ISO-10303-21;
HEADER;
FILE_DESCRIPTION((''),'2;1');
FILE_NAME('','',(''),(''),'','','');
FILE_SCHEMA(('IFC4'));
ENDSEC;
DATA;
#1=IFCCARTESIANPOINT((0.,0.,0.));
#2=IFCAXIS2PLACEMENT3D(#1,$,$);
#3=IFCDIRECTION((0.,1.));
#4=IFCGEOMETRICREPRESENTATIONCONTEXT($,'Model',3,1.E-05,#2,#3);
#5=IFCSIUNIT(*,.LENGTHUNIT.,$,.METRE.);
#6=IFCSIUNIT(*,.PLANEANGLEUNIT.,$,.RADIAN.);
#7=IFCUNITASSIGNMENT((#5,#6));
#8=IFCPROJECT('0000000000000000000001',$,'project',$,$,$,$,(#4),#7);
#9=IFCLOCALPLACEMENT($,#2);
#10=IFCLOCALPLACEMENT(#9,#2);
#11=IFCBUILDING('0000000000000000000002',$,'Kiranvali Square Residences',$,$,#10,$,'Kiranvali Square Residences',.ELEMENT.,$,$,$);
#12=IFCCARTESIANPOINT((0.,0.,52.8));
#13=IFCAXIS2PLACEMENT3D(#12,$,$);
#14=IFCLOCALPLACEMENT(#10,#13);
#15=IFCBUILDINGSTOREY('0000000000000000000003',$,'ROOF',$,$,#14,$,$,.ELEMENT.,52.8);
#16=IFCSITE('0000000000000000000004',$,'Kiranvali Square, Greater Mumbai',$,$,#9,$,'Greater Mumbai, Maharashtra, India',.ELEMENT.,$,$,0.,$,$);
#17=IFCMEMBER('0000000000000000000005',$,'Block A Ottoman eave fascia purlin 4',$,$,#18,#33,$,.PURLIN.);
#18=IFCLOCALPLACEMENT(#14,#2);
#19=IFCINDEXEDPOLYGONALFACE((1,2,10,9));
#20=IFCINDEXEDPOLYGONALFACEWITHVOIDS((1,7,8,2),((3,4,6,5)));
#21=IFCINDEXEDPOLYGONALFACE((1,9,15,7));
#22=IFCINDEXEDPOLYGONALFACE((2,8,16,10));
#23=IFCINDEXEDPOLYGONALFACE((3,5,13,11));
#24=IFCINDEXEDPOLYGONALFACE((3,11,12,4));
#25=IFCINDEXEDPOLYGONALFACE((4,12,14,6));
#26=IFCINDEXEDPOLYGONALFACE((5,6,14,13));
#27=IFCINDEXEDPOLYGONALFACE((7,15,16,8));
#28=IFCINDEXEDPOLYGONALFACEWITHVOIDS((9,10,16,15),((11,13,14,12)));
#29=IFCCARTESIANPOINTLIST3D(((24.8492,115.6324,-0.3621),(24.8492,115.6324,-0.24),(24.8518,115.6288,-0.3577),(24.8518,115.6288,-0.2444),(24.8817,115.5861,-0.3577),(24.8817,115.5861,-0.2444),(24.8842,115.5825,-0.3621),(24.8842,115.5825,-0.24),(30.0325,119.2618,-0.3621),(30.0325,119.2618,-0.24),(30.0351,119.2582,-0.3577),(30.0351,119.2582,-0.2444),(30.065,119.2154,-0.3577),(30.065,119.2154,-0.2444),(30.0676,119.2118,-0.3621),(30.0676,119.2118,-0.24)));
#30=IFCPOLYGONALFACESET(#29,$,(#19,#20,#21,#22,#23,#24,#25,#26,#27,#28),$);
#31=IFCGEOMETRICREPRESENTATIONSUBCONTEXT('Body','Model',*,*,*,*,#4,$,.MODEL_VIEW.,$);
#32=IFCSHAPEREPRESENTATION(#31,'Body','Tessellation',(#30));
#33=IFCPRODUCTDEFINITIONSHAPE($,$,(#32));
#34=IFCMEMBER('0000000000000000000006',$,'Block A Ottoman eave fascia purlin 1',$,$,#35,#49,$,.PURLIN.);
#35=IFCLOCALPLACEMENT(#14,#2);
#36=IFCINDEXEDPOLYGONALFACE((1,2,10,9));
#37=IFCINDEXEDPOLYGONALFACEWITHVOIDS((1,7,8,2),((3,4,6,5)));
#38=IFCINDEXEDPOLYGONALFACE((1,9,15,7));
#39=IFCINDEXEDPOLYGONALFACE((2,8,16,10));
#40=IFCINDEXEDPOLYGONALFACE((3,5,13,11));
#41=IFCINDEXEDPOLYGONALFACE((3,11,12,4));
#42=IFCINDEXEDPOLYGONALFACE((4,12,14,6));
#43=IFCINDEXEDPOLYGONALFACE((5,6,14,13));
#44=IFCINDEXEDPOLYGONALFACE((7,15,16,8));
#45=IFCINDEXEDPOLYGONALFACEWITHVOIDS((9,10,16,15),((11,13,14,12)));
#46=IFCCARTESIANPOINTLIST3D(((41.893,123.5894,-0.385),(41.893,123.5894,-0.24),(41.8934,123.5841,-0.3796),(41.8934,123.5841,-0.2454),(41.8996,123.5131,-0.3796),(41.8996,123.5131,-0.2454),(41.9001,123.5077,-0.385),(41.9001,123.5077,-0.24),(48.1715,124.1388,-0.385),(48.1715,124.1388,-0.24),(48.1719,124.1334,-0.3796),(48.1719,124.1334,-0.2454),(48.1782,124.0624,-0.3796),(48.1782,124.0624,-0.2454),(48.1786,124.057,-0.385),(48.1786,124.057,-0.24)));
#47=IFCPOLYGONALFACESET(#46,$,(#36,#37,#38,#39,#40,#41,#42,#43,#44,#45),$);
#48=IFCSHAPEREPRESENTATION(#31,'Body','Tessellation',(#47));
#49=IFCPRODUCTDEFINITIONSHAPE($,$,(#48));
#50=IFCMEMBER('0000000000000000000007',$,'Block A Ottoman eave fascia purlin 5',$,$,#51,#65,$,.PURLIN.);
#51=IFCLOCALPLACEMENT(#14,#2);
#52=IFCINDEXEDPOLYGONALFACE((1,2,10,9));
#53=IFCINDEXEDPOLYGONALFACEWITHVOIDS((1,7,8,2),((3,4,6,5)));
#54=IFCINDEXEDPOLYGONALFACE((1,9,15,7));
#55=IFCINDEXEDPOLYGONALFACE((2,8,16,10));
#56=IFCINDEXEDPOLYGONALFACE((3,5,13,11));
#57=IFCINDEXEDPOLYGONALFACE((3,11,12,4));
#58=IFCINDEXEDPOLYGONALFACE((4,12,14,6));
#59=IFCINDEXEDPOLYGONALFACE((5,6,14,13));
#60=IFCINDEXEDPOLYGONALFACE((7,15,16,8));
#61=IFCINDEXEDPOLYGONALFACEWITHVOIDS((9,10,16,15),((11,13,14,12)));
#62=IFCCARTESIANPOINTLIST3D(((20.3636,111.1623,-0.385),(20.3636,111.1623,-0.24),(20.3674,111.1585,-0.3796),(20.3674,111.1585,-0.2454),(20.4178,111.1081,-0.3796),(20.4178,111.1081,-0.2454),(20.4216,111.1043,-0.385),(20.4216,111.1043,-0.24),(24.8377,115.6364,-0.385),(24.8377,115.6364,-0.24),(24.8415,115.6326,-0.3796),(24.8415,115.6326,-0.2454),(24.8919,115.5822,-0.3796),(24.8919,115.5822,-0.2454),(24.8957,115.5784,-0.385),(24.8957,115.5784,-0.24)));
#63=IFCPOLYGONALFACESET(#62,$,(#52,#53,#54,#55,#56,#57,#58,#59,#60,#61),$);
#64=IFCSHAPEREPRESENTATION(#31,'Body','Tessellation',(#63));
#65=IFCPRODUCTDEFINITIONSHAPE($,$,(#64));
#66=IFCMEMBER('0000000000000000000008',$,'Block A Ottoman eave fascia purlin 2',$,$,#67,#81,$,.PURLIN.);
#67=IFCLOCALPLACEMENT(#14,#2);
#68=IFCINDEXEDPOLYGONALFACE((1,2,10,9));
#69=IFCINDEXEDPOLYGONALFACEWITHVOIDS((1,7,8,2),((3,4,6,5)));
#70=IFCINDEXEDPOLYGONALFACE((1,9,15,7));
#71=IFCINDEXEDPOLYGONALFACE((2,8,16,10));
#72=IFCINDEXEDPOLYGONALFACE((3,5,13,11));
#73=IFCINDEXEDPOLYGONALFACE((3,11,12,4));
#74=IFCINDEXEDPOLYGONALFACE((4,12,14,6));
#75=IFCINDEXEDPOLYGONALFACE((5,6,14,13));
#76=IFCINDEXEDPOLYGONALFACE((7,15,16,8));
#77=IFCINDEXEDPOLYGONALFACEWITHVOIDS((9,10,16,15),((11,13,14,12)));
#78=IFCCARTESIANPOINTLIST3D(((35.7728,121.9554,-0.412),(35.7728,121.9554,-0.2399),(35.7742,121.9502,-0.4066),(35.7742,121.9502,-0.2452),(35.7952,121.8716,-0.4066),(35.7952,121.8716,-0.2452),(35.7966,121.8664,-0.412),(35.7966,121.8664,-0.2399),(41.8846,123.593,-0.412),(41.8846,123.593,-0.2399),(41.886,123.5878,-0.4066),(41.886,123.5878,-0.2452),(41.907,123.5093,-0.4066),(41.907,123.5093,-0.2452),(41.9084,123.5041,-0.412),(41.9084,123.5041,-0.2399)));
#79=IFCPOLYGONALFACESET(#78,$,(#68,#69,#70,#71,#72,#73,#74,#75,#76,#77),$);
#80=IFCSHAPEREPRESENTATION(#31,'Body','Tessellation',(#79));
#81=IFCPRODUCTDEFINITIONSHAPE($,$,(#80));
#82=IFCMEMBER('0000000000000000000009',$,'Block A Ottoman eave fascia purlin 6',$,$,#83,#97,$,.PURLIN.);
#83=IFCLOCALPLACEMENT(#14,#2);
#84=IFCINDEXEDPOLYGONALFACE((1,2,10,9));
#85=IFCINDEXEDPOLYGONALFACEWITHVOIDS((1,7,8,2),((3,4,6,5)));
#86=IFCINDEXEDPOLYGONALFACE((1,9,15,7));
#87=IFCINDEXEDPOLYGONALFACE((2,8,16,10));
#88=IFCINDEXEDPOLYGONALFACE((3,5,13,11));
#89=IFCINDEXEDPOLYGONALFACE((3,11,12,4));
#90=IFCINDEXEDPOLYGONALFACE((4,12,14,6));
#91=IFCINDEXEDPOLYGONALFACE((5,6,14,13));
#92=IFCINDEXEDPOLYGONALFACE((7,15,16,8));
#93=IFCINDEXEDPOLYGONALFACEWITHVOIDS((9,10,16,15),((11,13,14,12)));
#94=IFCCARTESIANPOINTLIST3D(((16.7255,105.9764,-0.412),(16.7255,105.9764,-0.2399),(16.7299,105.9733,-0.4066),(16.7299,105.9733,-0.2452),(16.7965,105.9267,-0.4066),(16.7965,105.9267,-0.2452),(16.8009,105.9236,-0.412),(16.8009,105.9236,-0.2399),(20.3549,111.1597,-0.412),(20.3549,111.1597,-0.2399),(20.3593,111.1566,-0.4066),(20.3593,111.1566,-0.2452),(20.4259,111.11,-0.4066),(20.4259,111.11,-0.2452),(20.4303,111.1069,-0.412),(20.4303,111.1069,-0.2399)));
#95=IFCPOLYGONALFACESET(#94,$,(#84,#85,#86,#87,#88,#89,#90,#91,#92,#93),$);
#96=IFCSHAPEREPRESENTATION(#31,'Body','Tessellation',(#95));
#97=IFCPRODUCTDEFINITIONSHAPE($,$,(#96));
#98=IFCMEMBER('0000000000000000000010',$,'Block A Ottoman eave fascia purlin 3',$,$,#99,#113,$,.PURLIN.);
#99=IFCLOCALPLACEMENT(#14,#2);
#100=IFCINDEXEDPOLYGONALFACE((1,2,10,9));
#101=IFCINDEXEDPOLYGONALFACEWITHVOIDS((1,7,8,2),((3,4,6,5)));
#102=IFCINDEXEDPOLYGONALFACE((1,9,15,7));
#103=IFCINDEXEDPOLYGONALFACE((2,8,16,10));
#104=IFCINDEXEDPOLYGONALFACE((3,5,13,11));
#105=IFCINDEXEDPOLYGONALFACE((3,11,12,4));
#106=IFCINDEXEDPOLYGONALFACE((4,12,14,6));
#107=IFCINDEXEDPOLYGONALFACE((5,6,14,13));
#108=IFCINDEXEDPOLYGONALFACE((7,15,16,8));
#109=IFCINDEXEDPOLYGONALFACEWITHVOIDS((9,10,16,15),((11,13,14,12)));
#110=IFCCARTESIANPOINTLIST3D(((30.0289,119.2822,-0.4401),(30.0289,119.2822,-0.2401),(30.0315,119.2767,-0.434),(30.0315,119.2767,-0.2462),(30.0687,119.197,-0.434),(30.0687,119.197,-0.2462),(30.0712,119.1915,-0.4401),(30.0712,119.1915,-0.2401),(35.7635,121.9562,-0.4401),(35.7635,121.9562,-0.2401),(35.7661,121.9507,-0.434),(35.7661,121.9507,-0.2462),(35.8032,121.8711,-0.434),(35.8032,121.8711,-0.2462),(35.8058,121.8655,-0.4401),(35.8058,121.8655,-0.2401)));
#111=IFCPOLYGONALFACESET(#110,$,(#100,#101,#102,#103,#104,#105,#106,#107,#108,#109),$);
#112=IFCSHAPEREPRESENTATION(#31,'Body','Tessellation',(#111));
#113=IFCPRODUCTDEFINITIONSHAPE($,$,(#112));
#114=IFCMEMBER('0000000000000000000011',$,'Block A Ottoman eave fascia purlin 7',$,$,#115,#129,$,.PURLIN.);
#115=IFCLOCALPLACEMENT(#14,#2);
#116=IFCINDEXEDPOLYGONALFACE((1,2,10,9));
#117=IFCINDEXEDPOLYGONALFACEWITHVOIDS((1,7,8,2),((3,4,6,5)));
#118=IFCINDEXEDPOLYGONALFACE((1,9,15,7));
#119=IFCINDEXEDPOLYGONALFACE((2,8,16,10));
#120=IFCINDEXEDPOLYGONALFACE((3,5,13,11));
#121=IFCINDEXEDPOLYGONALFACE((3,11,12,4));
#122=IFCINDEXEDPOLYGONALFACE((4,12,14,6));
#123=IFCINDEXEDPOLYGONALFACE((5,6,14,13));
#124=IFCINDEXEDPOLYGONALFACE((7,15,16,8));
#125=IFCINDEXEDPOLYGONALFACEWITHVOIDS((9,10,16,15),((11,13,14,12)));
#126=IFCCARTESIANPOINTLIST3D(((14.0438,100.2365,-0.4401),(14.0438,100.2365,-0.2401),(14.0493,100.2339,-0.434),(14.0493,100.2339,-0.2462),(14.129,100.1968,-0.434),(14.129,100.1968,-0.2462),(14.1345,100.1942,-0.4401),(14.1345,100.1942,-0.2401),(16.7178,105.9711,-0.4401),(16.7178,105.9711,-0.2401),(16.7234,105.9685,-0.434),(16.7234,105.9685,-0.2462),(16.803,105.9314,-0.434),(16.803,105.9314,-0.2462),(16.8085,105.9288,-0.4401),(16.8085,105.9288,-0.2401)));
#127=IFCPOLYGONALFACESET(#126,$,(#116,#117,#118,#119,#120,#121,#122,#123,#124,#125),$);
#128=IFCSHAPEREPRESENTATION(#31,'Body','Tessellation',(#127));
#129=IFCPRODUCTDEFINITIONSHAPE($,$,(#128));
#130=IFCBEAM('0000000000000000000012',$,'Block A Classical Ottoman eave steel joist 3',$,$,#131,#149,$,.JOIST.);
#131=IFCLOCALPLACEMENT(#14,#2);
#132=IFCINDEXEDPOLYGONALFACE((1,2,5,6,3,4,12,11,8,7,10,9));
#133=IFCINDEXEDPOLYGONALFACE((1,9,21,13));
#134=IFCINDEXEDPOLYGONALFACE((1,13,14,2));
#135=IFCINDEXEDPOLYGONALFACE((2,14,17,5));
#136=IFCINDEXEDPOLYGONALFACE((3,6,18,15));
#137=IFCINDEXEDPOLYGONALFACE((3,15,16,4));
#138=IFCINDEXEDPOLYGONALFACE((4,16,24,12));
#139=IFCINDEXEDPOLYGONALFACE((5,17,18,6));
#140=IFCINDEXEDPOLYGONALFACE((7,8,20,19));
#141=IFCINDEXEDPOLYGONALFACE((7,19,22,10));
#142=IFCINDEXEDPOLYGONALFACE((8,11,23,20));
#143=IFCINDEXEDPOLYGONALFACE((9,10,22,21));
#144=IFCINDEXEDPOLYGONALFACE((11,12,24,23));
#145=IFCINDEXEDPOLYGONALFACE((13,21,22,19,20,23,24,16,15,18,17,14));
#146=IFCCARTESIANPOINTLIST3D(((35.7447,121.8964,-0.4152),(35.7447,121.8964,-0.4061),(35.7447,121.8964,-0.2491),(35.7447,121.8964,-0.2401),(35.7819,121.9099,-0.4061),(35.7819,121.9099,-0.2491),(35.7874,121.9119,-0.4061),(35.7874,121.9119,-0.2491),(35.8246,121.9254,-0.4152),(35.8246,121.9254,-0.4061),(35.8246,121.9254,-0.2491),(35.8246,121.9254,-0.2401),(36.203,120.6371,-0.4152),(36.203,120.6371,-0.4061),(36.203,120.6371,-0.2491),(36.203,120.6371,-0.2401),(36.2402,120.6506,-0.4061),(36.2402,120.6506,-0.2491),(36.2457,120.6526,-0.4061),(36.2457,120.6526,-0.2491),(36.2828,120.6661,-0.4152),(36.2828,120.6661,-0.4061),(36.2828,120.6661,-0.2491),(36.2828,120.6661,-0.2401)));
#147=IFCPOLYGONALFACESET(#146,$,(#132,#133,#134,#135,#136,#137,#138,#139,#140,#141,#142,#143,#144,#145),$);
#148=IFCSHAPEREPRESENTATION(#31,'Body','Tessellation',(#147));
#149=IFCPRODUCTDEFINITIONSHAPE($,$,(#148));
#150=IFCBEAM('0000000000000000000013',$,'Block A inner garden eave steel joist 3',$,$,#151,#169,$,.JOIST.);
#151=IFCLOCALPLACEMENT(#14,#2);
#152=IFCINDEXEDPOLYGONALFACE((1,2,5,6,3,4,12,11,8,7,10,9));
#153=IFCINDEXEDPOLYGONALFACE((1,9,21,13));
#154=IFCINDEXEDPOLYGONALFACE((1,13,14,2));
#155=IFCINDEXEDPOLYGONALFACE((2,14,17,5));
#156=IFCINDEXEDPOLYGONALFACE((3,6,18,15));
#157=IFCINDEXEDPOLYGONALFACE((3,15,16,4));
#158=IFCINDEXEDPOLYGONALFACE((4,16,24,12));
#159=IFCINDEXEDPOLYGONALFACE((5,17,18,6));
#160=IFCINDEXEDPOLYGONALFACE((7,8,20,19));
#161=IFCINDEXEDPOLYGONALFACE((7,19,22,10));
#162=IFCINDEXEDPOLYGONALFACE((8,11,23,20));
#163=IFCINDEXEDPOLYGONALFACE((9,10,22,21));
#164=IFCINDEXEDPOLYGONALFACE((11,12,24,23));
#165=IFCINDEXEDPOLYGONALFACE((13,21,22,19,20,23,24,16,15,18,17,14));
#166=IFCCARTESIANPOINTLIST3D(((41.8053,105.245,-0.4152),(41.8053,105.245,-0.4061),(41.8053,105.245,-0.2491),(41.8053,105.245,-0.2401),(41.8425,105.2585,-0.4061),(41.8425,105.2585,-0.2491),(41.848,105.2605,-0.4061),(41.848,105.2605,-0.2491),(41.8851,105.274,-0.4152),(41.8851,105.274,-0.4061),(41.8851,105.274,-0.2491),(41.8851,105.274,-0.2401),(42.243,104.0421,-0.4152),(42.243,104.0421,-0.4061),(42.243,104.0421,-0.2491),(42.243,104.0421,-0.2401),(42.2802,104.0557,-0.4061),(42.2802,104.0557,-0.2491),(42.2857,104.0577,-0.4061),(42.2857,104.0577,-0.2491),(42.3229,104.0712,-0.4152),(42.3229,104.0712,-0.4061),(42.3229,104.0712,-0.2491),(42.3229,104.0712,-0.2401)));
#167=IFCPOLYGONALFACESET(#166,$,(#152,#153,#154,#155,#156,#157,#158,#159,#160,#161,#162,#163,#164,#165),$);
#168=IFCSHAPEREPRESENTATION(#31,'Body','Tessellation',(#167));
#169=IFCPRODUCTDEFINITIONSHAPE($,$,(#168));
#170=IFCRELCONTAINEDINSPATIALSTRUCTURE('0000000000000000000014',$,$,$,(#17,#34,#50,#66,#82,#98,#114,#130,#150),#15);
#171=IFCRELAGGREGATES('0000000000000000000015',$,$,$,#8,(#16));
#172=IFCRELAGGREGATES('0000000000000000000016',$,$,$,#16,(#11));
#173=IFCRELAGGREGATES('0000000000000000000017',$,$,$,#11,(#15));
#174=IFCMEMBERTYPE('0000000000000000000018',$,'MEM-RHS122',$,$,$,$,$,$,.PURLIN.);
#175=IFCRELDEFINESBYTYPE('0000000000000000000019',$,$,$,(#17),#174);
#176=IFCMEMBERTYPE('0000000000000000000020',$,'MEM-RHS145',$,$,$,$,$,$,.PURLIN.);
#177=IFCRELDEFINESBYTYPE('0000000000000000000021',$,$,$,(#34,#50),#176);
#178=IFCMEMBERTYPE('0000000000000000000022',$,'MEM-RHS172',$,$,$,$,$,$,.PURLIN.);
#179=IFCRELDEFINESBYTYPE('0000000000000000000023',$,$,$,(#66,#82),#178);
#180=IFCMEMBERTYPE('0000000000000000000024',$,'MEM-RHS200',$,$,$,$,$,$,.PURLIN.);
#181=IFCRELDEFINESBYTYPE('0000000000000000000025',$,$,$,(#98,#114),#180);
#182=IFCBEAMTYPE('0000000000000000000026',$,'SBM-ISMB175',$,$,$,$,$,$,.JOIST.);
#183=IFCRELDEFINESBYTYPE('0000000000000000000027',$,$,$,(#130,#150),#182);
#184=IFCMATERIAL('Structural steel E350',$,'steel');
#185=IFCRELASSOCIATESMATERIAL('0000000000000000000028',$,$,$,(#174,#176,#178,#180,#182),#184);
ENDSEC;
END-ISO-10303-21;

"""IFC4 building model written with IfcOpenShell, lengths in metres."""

from ifc_helpers import new_model, si_unit, direction, frame, origin, origin_2d, place, context, subcontext, project, spatial, hollow_rectangle, i_section, extrude, material, material_profile, profile_set, type_object, element, save


model = new_model("IFC4")

# Units and contexts
model_context = context("Model", 3, precision=1e-05, world=origin(), true_north=direction((0.0, 1.0)))
body_context = subcontext(model_context, "Body", "Model", "MODEL_VIEW")
ifc_project = project(units=[si_unit("LENGTHUNIT", "METRE"), si_unit("PLANEANGLEUNIT", "RADIAN")], contexts=[model_context])

# Site, building, storey
site_placement = place(None, origin())
site = spatial("IfcSite", under=ifc_project, at=site_placement, Name="Kiranvali Square, Greater Mumbai", LongName="Greater Mumbai, Maharashtra, India", CompositionType="ELEMENT", RefElevation=0.0)
building_placement = place(site_placement, origin())
building = spatial("IfcBuilding", under=site, at=building_placement, Name="Kiranvali Square Residences", LongName="Kiranvali Square Residences", CompositionType="ELEMENT")
storey_placement = place(building_placement, frame((0.0, 0.0, 52.8)))
storey = spatial("IfcBuildingStorey", under=building, at=storey_placement, Name="ROOF", CompositionType="ELEMENT", Elevation=52.8)

# Members
ifc_material_1 = material(Name="Structural steel E350", Category="steel")
ifc_material_profile_1 = material_profile(ifc_material_1, hollow_rectangle(XDim=0.061, YDim=0.1221, WallThickness=0.0044, at=origin_2d()), Name="RHS 122x61x4.5")
ifc_profile_set_1 = profile_set([ifc_material_profile_1], Name="Structural steel E350")
member_type_1 = type_object("IfcMemberType", Name="MEM-RHS122", PredefinedType="PURLIN", material=ifc_profile_set_1)
member_1_placement = place(storey_placement, frame((30.05, 119.2368, -0.301), z_axis=(-0.819154, -0.573574, 0.0), x_axis=(0.573574, -0.819154, 0.0)))
element("IfcMember", 1, at=member_1_placement, inside=storey, type_object=member_type_1, Name="Block A Ottoman eave fascia purlin 4", PredefinedType="PURLIN", context=body_context, shape_type="SweptSolid", body=[
    extrude(hollow_rectangle(XDim=0.061, YDim=0.1221, WallThickness=0.0044, at=origin_2d()), origin(), (0.0, 0.0, 1.0), 6.3276),
])
ifc_material_profile_2 = material_profile(ifc_material_1, hollow_rectangle(XDim=0.082, YDim=0.145, WallThickness=0.0054, at=origin_2d()), Name="RHS 145x82x5.4")
ifc_profile_set_2 = profile_set([ifc_material_profile_2], Name="Structural steel E350")
member_type_2 = type_object("IfcMemberType", Name="MEM-RHS145", PredefinedType="PURLIN", material=ifc_profile_set_2)
member_2_placement = place(storey_placement, frame((48.175, 124.0979, -0.3125), z_axis=(-0.996195, -0.087158, 0.0), x_axis=(0.087158, -0.996195, 0.0)))
element("IfcMember", 2, at=member_2_placement, inside=storey, type_object=member_type_2, Name="Block A Ottoman eave fascia purlin 1", PredefinedType="PURLIN", context=body_context, shape_type="SweptSolid", body=[
    extrude(hollow_rectangle(XDim=0.082, YDim=0.145, WallThickness=0.0054, at=origin_2d()), origin(), (0.0, 0.0, 1.0), 6.3025),
])
member_3_placement = place(storey_placement, frame((24.8667, 115.6074, -0.3125), z_axis=(-0.707107, -0.707107, 0.0), x_axis=(0.707107, -0.707107, 0.0)))
element("IfcMember", 3, at=member_3_placement, inside=storey, type_object=member_type_2, Name="Block A Ottoman eave fascia purlin 5", PredefinedType="PURLIN", context=body_context, shape_type="SweptSolid", body=[
    extrude(hollow_rectangle(XDim=0.082, YDim=0.145, WallThickness=0.0054, at=origin_2d()), origin(), (0.0, 0.0, 1.0), 6.3274),
])
ifc_material_profile_3 = material_profile(ifc_material_1, hollow_rectangle(XDim=0.092, YDim=0.1721, WallThickness=0.0054, at=origin_2d()), Name="RHS 172x92x5.4")
ifc_profile_set_3 = profile_set([ifc_material_profile_3], Name="Structural steel E350")
member_type_3 = type_object("IfcMemberType", Name="MEM-RHS172", PredefinedType="PURLIN", material=ifc_profile_set_3)
member_4_placement = place(storey_placement, frame((41.8965, 123.5486, -0.3259), z_axis=(-0.965924, -0.258825, 0.0), x_axis=(0.258825, -0.965924, 0.0)))
element("IfcMember", 4, at=member_4_placement, inside=storey, type_object=member_type_3, Name="Block A Ottoman eave fascia purlin 2", PredefinedType="PURLIN", context=body_context, shape_type="SweptSolid", body=[
    extrude(hollow_rectangle(XDim=0.092, YDim=0.1721, WallThickness=0.0054, at=origin_2d()), origin(), (0.0, 0.0, 1.0), 6.3274),
])
member_5_placement = place(storey_placement, frame((20.3926, 111.1333, -0.3259), z_axis=(-0.573574, -0.819154, 0.0), x_axis=(0.819154, -0.573574, 0.0)))
element("IfcMember", 5, at=member_5_placement, inside=storey, type_object=member_type_3, Name="Block A Ottoman eave fascia purlin 6", PredefinedType="PURLIN", context=body_context, shape_type="SweptSolid", body=[
    extrude(hollow_rectangle(XDim=0.092, YDim=0.1721, WallThickness=0.0054, at=origin_2d()), origin(), (0.0, 0.0, 1.0), 6.3276),
])
ifc_material_profile_4 = material_profile(ifc_material_1, hollow_rectangle(XDim=0.1001, YDim=0.2, WallThickness=0.0061, at=origin_2d()), Name="RHS 200x100x6.0")
ifc_profile_set_4 = profile_set([ifc_material_profile_4], Name="Structural steel E350")
member_type_4 = type_object("IfcMemberType", Name="MEM-RHS200", PredefinedType="PURLIN", material=ifc_profile_set_4)
for number, where, z_axis, x_axis, name in (
    (6, (35.7847, 121.9109, -0.3401), (-0.906309, -0.422615, 0.0), (0.422615, -0.906309, 0.0), "Block A Ottoman eave fascia purlin 3"),
    (7, (16.7632, 105.95, -0.3401), (-0.422615, -0.906309, 0.0), (0.906309, -0.422615, 0.0), "Block A Ottoman eave fascia purlin 7"),
):
    element("IfcMember", number, at=place(storey_placement, frame(where, z_axis=z_axis, x_axis=x_axis)), inside=storey, type_object=member_type_4, Name=name, PredefinedType="PURLIN", context=body_context, shape_type="SweptSolid", body=[
        extrude(hollow_rectangle(XDim=0.1001, YDim=0.2, WallThickness=0.0061, at=origin_2d()), origin(), (0.0, 0.0, 1.0), 6.3274),
    ])

# Beams
ifc_material_profile_5 = material_profile(ifc_material_1, i_section(OverallWidth=0.085, OverallDepth=0.175, WebThickness=0.0059, FlangeThickness=0.009, at=origin_2d()), Name="ISMB 175")
ifc_profile_set_5 = profile_set([ifc_material_profile_5], Name="Structural steel E350")
beam_type_1 = type_object("IfcBeamType", Name="SBM-ISMB175", PredefinedType="JOIST", material=ifc_profile_set_5)
beam_1_placement = place(storey_placement, frame((36.2429, 120.6516, -0.3276), z_axis=(-0.341962, 0.939714, 0.0), x_axis=(-0.939714, -0.341962, 0.0)))
element("IfcBeam", 8, at=beam_1_placement, inside=storey, type_object=beam_type_1, Name="Block A Classical Ottoman eave steel joist 3", PredefinedType="JOIST", context=body_context, shape_type="SweptSolid", body=[
    extrude(i_section(OverallWidth=0.085, OverallDepth=0.175, WebThickness=0.0059, FlangeThickness=0.009, at=origin_2d()), origin(), (0.0, 0.0, 1.0), 1.3401),
])
beam_2_placement = place(storey_placement, frame((41.8452, 105.2595, -0.3276), z_axis=(0.341973, -0.93971, 0.0), x_axis=(0.93971, 0.341973, 0.0)))
element("IfcBeam", 9, at=beam_2_placement, inside=storey, type_object=beam_type_1, Name="Block A inner garden eave steel joist 3", PredefinedType="JOIST", context=body_context, shape_type="SweptSolid", body=[
    extrude(i_section(OverallWidth=0.085, OverallDepth=0.175, WebThickness=0.0059, FlangeThickness=0.009, at=origin_2d()), origin(), (0.0, 0.0, 1.0), 1.28),
])

save(model, "model.ifc")
